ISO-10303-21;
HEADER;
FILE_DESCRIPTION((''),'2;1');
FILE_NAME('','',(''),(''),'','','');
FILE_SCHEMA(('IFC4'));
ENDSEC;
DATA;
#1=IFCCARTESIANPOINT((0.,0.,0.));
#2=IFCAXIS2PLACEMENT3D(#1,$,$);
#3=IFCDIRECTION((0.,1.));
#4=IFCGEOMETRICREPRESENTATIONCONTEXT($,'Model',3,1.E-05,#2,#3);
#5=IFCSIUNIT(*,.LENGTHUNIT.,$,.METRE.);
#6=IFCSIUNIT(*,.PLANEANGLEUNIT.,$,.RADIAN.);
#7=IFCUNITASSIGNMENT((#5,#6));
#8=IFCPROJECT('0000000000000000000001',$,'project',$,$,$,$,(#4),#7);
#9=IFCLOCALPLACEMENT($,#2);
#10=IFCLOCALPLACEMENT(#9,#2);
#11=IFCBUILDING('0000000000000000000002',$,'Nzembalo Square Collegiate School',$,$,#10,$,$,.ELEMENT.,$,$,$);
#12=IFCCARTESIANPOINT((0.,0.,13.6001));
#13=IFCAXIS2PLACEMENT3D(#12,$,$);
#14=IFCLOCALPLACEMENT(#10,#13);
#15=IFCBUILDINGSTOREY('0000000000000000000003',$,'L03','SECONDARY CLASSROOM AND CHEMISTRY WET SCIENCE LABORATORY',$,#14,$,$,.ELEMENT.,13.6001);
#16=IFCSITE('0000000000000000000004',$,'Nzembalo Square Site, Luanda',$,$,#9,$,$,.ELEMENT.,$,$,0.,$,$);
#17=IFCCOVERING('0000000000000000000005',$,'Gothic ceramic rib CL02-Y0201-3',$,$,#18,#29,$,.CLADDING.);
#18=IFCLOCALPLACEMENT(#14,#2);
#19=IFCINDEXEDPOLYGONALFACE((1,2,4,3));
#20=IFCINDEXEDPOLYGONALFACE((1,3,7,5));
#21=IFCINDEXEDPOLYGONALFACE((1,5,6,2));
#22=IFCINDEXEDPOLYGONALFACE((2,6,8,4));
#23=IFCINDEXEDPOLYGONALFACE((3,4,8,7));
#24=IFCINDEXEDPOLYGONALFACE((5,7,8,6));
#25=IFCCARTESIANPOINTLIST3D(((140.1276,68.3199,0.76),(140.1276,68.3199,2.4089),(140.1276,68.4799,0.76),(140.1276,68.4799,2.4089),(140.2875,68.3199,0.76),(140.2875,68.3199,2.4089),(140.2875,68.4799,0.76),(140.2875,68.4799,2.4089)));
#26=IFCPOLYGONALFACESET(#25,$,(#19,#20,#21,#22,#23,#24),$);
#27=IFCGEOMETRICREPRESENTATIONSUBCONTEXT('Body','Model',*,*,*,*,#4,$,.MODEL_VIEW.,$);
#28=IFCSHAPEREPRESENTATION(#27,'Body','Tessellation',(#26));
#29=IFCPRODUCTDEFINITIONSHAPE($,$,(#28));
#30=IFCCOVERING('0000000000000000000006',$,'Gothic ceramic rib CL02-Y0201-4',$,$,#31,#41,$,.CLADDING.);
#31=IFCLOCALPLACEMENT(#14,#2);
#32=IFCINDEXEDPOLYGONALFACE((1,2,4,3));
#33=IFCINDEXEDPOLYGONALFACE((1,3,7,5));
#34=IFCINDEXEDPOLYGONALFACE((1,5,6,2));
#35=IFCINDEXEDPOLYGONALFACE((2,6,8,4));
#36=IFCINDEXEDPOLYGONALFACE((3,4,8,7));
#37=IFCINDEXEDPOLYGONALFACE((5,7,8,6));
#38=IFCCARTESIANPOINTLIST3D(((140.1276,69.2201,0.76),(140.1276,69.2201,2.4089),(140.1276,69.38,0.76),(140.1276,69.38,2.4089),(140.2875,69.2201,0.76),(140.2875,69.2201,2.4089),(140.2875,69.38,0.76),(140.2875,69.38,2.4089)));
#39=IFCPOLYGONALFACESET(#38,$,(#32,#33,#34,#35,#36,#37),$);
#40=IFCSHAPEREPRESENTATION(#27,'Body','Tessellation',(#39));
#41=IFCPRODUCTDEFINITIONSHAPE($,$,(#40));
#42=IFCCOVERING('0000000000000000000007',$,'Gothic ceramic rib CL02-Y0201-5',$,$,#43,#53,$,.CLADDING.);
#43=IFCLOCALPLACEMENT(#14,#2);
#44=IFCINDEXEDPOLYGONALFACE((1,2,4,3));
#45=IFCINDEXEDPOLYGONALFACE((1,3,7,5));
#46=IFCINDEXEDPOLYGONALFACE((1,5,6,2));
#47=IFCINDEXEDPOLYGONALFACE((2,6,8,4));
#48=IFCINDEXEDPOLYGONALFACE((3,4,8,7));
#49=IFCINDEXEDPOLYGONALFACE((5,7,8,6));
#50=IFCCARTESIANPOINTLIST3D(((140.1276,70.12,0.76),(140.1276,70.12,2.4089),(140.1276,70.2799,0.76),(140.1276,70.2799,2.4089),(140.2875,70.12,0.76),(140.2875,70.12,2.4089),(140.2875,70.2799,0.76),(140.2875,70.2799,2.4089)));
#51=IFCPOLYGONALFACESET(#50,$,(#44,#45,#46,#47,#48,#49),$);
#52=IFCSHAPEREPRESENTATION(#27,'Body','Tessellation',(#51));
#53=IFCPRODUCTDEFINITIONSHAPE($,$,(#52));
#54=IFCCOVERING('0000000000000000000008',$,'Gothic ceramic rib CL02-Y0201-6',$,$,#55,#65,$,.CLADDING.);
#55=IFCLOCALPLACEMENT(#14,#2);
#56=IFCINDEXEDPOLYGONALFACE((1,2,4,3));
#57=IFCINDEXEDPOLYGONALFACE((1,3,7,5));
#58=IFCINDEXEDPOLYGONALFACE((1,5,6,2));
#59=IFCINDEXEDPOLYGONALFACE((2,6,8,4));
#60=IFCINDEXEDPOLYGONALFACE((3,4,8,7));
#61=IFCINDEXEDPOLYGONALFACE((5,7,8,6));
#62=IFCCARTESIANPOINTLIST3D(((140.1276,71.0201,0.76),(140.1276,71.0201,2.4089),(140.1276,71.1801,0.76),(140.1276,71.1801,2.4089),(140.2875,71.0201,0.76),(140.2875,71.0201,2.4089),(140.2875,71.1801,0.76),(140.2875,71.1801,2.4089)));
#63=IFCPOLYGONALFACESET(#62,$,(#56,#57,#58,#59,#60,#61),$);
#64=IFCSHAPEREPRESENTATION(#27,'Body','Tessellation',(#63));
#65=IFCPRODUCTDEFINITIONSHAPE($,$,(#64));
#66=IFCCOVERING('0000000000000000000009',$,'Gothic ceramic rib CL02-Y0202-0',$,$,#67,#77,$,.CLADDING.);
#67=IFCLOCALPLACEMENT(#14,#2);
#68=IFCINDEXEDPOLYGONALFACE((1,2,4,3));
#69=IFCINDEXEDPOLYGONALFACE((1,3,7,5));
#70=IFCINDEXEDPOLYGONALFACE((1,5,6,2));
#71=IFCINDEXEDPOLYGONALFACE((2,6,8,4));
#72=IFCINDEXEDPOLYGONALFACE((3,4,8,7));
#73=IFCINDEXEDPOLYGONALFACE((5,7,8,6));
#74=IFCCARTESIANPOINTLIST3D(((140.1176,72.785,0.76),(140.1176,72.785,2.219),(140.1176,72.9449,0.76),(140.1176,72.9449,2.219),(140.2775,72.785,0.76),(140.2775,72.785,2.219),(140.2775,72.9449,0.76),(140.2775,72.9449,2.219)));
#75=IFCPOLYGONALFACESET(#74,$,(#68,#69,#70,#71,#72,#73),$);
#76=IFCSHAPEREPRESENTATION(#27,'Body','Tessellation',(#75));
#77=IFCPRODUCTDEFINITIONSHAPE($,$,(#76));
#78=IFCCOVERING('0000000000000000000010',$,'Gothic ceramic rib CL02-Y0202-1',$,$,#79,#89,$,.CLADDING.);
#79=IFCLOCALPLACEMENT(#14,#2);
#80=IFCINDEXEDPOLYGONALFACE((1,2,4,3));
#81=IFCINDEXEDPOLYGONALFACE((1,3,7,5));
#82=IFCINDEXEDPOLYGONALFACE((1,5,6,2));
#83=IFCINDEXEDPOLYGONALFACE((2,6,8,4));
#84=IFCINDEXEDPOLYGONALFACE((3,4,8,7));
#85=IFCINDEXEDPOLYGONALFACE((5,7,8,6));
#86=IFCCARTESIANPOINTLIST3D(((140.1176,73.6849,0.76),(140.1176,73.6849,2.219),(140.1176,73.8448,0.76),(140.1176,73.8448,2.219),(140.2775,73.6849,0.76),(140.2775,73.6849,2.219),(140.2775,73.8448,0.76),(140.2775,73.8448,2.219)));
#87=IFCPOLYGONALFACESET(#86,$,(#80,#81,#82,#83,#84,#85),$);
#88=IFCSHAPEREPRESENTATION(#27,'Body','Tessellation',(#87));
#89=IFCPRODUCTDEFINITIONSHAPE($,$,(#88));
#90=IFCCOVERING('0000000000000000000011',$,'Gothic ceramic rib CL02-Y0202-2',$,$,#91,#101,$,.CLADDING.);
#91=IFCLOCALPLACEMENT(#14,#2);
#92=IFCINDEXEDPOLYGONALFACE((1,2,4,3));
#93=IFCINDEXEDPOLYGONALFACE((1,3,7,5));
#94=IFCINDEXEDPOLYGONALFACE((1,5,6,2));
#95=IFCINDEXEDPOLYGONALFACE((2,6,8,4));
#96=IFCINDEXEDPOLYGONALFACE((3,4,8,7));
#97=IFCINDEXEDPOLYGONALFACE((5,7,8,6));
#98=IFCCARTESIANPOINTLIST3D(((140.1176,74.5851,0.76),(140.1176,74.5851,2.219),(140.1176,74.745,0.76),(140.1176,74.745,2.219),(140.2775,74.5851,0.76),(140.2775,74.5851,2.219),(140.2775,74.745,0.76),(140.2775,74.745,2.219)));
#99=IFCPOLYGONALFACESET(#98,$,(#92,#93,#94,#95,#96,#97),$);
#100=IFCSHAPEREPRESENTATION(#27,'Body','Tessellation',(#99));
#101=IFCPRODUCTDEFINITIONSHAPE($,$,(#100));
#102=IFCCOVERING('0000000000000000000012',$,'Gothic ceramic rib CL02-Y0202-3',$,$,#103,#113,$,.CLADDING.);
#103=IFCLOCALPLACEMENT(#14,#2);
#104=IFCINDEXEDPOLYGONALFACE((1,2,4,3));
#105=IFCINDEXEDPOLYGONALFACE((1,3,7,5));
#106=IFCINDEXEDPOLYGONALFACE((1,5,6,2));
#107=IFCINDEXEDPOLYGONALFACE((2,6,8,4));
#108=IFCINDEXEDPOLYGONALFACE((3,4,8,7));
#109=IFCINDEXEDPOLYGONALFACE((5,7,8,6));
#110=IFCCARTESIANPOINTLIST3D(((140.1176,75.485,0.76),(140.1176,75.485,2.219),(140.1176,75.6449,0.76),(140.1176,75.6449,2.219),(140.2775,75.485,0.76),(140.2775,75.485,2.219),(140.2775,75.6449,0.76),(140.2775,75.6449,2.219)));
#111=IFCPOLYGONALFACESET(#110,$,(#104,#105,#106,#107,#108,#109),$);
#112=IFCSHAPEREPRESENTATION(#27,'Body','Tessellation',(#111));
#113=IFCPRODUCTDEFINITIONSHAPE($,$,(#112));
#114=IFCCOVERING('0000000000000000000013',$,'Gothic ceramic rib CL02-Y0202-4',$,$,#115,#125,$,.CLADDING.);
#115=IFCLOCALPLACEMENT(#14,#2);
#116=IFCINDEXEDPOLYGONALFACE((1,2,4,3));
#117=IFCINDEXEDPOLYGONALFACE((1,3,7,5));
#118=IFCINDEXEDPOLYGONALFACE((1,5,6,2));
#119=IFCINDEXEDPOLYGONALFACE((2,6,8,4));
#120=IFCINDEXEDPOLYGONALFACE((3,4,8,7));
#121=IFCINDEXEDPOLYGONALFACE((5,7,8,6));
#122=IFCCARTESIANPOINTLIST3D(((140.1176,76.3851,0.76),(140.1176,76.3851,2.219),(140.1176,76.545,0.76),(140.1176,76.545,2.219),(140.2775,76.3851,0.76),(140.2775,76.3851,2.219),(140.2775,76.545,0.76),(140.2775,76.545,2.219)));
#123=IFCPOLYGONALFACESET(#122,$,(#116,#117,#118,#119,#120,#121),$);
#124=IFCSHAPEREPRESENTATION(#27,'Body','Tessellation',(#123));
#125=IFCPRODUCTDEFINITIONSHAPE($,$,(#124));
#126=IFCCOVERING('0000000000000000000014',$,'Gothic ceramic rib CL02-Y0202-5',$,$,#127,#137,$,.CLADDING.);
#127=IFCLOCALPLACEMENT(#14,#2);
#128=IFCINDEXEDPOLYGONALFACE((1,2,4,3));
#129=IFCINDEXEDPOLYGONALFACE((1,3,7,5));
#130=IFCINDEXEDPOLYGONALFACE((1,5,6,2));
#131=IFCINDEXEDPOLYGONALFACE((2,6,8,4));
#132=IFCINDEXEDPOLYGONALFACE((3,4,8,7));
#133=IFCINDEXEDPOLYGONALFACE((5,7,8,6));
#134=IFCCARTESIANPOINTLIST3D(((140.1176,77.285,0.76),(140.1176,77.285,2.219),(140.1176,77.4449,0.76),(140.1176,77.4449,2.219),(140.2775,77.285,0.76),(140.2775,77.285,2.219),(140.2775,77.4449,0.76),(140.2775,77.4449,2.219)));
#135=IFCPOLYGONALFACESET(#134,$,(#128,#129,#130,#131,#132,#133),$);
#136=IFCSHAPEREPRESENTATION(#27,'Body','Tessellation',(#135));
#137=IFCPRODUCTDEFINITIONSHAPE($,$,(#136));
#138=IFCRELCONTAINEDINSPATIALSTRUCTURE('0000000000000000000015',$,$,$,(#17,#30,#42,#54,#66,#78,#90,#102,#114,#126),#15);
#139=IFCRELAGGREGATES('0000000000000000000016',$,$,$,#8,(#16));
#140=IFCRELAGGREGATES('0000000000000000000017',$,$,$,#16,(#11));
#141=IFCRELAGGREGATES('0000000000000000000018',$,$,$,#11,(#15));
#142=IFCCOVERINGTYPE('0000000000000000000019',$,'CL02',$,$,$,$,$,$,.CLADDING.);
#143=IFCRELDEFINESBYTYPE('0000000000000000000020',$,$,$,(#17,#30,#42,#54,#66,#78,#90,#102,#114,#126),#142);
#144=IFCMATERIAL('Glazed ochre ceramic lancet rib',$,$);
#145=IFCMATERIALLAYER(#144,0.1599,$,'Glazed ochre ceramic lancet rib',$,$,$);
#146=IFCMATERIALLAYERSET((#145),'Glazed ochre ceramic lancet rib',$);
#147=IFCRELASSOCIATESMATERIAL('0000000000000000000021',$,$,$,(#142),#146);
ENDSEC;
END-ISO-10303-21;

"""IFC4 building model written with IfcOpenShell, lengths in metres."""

from ifc_helpers import new_model, si_unit, direction, frame, origin, origin_2d, place, context, subcontext, project, spatial, rectangle, extrude, material, layer, layer_set, type_object, element, save


model = new_model("IFC4")

# Units and contexts
model_context = context("Model", 3, precision=1e-05, world=origin(), true_north=direction((0.0, 1.0)))
body_context = subcontext(model_context, "Body", "Model", "MODEL_VIEW")
ifc_project = project(units=[si_unit("LENGTHUNIT", "METRE"), si_unit("PLANEANGLEUNIT", "RADIAN")], contexts=[model_context])

# Site, building, storey
site_placement = place(None, origin())
site = spatial("IfcSite", under=ifc_project, at=site_placement, Name="Nzembalo Square Site, Luanda", CompositionType="ELEMENT", RefElevation=0.0)
building_placement = place(site_placement, origin())
building = spatial("IfcBuilding", under=site, at=building_placement, Name="Nzembalo Square Collegiate School", CompositionType="ELEMENT")
storey_placement = place(building_placement, frame((0.0, 0.0, 13.6001)))
storey = spatial("IfcBuildingStorey", under=building, at=storey_placement, Name="L03", Description="SECONDARY CLASSROOM AND CHEMISTRY WET SCIENCE LABORATORY", CompositionType="ELEMENT", Elevation=13.6001)

# Coverings
ifc_material_1 = material(Name="Glazed ochre ceramic lancet rib")
ifc_layer_1 = layer(ifc_material_1, 0.1599, Name="Glazed ochre ceramic lancet rib")
ifc_layer_set_1 = layer_set([ifc_layer_1], Name="Glazed ochre ceramic lancet rib")
covering_type_1 = type_object("IfcCoveringType", Name="CL02", PredefinedType="CLADDING", material=ifc_layer_set_1)
for number, where, z_axis, x_axis, name in (
    (1, (140.2075, 68.3999, 0.76), (0.0, 0.0, 1.0), (1.0, 0.0, 0.0), "Gothic ceramic rib CL02-Y0201-3"),
    (2, (140.2075, 69.3, 0.76), (0.0, 0.0, 1.0), (1.0, 0.0, 0.0), "Gothic ceramic rib CL02-Y0201-4"),
    (3, (140.2075, 70.2, 0.76), (0.0, 0.0, 1.0), (1.0, 0.0, 0.0), "Gothic ceramic rib CL02-Y0201-5"),
    (4, (140.2075, 71.1001, 0.76), (0.0, 0.0, 1.0), (1.0, 0.0, 0.0), "Gothic ceramic rib CL02-Y0201-6"),
):
    element("IfcCovering", number, at=place(storey_placement, frame(where, z_axis=z_axis, x_axis=x_axis)), inside=storey, type_object=covering_type_1, Name=name, PredefinedType="CLADDING", context=body_context, shape_type="SweptSolid", body=[
        extrude(rectangle(XDim=0.1599, YDim=0.1599, at=origin_2d()), origin(), (0.0, 0.0, 1.0), 1.6489),
    ])
for number, where, z_axis, x_axis, name in (
    (5, (140.1975, 72.865, 0.76), (0.0, 0.0, 1.0), (1.0, 0.0, 0.0), "Gothic ceramic rib CL02-Y0202-0"),
    (6, (140.1975, 73.7649, 0.76), (0.0, 0.0, 1.0), (1.0, 0.0, 0.0), "Gothic ceramic rib CL02-Y0202-1"),
    (7, (140.1975, 74.665, 0.76), (0.0, 0.0, 1.0), (1.0, 0.0, 0.0), "Gothic ceramic rib CL02-Y0202-2"),
    (8, (140.1975, 75.5649, 0.76), (0.0, 0.0, 1.0), (1.0, 0.0, 0.0), "Gothic ceramic rib CL02-Y0202-3"),
    (9, (140.1975, 76.4651, 0.76), (0.0, 0.0, 1.0), (1.0, 0.0, 0.0), "Gothic ceramic rib CL02-Y0202-4"),
    (10, (140.1975, 77.365, 0.76), (0.0, 0.0, 1.0), (1.0, 0.0, 0.0), "Gothic ceramic rib CL02-Y0202-5"),
):
    element("IfcCovering", number, at=place(storey_placement, frame(where, z_axis=z_axis, x_axis=x_axis)), inside=storey, type_object=covering_type_1, Name=name, PredefinedType="CLADDING", context=body_context, shape_type="SweptSolid", body=[
        extrude(rectangle(XDim=0.1599, YDim=0.1599, at=origin_2d()), origin(), (0.0, 0.0, 1.0), 1.459),
    ])

save(model, "model.ifc")
